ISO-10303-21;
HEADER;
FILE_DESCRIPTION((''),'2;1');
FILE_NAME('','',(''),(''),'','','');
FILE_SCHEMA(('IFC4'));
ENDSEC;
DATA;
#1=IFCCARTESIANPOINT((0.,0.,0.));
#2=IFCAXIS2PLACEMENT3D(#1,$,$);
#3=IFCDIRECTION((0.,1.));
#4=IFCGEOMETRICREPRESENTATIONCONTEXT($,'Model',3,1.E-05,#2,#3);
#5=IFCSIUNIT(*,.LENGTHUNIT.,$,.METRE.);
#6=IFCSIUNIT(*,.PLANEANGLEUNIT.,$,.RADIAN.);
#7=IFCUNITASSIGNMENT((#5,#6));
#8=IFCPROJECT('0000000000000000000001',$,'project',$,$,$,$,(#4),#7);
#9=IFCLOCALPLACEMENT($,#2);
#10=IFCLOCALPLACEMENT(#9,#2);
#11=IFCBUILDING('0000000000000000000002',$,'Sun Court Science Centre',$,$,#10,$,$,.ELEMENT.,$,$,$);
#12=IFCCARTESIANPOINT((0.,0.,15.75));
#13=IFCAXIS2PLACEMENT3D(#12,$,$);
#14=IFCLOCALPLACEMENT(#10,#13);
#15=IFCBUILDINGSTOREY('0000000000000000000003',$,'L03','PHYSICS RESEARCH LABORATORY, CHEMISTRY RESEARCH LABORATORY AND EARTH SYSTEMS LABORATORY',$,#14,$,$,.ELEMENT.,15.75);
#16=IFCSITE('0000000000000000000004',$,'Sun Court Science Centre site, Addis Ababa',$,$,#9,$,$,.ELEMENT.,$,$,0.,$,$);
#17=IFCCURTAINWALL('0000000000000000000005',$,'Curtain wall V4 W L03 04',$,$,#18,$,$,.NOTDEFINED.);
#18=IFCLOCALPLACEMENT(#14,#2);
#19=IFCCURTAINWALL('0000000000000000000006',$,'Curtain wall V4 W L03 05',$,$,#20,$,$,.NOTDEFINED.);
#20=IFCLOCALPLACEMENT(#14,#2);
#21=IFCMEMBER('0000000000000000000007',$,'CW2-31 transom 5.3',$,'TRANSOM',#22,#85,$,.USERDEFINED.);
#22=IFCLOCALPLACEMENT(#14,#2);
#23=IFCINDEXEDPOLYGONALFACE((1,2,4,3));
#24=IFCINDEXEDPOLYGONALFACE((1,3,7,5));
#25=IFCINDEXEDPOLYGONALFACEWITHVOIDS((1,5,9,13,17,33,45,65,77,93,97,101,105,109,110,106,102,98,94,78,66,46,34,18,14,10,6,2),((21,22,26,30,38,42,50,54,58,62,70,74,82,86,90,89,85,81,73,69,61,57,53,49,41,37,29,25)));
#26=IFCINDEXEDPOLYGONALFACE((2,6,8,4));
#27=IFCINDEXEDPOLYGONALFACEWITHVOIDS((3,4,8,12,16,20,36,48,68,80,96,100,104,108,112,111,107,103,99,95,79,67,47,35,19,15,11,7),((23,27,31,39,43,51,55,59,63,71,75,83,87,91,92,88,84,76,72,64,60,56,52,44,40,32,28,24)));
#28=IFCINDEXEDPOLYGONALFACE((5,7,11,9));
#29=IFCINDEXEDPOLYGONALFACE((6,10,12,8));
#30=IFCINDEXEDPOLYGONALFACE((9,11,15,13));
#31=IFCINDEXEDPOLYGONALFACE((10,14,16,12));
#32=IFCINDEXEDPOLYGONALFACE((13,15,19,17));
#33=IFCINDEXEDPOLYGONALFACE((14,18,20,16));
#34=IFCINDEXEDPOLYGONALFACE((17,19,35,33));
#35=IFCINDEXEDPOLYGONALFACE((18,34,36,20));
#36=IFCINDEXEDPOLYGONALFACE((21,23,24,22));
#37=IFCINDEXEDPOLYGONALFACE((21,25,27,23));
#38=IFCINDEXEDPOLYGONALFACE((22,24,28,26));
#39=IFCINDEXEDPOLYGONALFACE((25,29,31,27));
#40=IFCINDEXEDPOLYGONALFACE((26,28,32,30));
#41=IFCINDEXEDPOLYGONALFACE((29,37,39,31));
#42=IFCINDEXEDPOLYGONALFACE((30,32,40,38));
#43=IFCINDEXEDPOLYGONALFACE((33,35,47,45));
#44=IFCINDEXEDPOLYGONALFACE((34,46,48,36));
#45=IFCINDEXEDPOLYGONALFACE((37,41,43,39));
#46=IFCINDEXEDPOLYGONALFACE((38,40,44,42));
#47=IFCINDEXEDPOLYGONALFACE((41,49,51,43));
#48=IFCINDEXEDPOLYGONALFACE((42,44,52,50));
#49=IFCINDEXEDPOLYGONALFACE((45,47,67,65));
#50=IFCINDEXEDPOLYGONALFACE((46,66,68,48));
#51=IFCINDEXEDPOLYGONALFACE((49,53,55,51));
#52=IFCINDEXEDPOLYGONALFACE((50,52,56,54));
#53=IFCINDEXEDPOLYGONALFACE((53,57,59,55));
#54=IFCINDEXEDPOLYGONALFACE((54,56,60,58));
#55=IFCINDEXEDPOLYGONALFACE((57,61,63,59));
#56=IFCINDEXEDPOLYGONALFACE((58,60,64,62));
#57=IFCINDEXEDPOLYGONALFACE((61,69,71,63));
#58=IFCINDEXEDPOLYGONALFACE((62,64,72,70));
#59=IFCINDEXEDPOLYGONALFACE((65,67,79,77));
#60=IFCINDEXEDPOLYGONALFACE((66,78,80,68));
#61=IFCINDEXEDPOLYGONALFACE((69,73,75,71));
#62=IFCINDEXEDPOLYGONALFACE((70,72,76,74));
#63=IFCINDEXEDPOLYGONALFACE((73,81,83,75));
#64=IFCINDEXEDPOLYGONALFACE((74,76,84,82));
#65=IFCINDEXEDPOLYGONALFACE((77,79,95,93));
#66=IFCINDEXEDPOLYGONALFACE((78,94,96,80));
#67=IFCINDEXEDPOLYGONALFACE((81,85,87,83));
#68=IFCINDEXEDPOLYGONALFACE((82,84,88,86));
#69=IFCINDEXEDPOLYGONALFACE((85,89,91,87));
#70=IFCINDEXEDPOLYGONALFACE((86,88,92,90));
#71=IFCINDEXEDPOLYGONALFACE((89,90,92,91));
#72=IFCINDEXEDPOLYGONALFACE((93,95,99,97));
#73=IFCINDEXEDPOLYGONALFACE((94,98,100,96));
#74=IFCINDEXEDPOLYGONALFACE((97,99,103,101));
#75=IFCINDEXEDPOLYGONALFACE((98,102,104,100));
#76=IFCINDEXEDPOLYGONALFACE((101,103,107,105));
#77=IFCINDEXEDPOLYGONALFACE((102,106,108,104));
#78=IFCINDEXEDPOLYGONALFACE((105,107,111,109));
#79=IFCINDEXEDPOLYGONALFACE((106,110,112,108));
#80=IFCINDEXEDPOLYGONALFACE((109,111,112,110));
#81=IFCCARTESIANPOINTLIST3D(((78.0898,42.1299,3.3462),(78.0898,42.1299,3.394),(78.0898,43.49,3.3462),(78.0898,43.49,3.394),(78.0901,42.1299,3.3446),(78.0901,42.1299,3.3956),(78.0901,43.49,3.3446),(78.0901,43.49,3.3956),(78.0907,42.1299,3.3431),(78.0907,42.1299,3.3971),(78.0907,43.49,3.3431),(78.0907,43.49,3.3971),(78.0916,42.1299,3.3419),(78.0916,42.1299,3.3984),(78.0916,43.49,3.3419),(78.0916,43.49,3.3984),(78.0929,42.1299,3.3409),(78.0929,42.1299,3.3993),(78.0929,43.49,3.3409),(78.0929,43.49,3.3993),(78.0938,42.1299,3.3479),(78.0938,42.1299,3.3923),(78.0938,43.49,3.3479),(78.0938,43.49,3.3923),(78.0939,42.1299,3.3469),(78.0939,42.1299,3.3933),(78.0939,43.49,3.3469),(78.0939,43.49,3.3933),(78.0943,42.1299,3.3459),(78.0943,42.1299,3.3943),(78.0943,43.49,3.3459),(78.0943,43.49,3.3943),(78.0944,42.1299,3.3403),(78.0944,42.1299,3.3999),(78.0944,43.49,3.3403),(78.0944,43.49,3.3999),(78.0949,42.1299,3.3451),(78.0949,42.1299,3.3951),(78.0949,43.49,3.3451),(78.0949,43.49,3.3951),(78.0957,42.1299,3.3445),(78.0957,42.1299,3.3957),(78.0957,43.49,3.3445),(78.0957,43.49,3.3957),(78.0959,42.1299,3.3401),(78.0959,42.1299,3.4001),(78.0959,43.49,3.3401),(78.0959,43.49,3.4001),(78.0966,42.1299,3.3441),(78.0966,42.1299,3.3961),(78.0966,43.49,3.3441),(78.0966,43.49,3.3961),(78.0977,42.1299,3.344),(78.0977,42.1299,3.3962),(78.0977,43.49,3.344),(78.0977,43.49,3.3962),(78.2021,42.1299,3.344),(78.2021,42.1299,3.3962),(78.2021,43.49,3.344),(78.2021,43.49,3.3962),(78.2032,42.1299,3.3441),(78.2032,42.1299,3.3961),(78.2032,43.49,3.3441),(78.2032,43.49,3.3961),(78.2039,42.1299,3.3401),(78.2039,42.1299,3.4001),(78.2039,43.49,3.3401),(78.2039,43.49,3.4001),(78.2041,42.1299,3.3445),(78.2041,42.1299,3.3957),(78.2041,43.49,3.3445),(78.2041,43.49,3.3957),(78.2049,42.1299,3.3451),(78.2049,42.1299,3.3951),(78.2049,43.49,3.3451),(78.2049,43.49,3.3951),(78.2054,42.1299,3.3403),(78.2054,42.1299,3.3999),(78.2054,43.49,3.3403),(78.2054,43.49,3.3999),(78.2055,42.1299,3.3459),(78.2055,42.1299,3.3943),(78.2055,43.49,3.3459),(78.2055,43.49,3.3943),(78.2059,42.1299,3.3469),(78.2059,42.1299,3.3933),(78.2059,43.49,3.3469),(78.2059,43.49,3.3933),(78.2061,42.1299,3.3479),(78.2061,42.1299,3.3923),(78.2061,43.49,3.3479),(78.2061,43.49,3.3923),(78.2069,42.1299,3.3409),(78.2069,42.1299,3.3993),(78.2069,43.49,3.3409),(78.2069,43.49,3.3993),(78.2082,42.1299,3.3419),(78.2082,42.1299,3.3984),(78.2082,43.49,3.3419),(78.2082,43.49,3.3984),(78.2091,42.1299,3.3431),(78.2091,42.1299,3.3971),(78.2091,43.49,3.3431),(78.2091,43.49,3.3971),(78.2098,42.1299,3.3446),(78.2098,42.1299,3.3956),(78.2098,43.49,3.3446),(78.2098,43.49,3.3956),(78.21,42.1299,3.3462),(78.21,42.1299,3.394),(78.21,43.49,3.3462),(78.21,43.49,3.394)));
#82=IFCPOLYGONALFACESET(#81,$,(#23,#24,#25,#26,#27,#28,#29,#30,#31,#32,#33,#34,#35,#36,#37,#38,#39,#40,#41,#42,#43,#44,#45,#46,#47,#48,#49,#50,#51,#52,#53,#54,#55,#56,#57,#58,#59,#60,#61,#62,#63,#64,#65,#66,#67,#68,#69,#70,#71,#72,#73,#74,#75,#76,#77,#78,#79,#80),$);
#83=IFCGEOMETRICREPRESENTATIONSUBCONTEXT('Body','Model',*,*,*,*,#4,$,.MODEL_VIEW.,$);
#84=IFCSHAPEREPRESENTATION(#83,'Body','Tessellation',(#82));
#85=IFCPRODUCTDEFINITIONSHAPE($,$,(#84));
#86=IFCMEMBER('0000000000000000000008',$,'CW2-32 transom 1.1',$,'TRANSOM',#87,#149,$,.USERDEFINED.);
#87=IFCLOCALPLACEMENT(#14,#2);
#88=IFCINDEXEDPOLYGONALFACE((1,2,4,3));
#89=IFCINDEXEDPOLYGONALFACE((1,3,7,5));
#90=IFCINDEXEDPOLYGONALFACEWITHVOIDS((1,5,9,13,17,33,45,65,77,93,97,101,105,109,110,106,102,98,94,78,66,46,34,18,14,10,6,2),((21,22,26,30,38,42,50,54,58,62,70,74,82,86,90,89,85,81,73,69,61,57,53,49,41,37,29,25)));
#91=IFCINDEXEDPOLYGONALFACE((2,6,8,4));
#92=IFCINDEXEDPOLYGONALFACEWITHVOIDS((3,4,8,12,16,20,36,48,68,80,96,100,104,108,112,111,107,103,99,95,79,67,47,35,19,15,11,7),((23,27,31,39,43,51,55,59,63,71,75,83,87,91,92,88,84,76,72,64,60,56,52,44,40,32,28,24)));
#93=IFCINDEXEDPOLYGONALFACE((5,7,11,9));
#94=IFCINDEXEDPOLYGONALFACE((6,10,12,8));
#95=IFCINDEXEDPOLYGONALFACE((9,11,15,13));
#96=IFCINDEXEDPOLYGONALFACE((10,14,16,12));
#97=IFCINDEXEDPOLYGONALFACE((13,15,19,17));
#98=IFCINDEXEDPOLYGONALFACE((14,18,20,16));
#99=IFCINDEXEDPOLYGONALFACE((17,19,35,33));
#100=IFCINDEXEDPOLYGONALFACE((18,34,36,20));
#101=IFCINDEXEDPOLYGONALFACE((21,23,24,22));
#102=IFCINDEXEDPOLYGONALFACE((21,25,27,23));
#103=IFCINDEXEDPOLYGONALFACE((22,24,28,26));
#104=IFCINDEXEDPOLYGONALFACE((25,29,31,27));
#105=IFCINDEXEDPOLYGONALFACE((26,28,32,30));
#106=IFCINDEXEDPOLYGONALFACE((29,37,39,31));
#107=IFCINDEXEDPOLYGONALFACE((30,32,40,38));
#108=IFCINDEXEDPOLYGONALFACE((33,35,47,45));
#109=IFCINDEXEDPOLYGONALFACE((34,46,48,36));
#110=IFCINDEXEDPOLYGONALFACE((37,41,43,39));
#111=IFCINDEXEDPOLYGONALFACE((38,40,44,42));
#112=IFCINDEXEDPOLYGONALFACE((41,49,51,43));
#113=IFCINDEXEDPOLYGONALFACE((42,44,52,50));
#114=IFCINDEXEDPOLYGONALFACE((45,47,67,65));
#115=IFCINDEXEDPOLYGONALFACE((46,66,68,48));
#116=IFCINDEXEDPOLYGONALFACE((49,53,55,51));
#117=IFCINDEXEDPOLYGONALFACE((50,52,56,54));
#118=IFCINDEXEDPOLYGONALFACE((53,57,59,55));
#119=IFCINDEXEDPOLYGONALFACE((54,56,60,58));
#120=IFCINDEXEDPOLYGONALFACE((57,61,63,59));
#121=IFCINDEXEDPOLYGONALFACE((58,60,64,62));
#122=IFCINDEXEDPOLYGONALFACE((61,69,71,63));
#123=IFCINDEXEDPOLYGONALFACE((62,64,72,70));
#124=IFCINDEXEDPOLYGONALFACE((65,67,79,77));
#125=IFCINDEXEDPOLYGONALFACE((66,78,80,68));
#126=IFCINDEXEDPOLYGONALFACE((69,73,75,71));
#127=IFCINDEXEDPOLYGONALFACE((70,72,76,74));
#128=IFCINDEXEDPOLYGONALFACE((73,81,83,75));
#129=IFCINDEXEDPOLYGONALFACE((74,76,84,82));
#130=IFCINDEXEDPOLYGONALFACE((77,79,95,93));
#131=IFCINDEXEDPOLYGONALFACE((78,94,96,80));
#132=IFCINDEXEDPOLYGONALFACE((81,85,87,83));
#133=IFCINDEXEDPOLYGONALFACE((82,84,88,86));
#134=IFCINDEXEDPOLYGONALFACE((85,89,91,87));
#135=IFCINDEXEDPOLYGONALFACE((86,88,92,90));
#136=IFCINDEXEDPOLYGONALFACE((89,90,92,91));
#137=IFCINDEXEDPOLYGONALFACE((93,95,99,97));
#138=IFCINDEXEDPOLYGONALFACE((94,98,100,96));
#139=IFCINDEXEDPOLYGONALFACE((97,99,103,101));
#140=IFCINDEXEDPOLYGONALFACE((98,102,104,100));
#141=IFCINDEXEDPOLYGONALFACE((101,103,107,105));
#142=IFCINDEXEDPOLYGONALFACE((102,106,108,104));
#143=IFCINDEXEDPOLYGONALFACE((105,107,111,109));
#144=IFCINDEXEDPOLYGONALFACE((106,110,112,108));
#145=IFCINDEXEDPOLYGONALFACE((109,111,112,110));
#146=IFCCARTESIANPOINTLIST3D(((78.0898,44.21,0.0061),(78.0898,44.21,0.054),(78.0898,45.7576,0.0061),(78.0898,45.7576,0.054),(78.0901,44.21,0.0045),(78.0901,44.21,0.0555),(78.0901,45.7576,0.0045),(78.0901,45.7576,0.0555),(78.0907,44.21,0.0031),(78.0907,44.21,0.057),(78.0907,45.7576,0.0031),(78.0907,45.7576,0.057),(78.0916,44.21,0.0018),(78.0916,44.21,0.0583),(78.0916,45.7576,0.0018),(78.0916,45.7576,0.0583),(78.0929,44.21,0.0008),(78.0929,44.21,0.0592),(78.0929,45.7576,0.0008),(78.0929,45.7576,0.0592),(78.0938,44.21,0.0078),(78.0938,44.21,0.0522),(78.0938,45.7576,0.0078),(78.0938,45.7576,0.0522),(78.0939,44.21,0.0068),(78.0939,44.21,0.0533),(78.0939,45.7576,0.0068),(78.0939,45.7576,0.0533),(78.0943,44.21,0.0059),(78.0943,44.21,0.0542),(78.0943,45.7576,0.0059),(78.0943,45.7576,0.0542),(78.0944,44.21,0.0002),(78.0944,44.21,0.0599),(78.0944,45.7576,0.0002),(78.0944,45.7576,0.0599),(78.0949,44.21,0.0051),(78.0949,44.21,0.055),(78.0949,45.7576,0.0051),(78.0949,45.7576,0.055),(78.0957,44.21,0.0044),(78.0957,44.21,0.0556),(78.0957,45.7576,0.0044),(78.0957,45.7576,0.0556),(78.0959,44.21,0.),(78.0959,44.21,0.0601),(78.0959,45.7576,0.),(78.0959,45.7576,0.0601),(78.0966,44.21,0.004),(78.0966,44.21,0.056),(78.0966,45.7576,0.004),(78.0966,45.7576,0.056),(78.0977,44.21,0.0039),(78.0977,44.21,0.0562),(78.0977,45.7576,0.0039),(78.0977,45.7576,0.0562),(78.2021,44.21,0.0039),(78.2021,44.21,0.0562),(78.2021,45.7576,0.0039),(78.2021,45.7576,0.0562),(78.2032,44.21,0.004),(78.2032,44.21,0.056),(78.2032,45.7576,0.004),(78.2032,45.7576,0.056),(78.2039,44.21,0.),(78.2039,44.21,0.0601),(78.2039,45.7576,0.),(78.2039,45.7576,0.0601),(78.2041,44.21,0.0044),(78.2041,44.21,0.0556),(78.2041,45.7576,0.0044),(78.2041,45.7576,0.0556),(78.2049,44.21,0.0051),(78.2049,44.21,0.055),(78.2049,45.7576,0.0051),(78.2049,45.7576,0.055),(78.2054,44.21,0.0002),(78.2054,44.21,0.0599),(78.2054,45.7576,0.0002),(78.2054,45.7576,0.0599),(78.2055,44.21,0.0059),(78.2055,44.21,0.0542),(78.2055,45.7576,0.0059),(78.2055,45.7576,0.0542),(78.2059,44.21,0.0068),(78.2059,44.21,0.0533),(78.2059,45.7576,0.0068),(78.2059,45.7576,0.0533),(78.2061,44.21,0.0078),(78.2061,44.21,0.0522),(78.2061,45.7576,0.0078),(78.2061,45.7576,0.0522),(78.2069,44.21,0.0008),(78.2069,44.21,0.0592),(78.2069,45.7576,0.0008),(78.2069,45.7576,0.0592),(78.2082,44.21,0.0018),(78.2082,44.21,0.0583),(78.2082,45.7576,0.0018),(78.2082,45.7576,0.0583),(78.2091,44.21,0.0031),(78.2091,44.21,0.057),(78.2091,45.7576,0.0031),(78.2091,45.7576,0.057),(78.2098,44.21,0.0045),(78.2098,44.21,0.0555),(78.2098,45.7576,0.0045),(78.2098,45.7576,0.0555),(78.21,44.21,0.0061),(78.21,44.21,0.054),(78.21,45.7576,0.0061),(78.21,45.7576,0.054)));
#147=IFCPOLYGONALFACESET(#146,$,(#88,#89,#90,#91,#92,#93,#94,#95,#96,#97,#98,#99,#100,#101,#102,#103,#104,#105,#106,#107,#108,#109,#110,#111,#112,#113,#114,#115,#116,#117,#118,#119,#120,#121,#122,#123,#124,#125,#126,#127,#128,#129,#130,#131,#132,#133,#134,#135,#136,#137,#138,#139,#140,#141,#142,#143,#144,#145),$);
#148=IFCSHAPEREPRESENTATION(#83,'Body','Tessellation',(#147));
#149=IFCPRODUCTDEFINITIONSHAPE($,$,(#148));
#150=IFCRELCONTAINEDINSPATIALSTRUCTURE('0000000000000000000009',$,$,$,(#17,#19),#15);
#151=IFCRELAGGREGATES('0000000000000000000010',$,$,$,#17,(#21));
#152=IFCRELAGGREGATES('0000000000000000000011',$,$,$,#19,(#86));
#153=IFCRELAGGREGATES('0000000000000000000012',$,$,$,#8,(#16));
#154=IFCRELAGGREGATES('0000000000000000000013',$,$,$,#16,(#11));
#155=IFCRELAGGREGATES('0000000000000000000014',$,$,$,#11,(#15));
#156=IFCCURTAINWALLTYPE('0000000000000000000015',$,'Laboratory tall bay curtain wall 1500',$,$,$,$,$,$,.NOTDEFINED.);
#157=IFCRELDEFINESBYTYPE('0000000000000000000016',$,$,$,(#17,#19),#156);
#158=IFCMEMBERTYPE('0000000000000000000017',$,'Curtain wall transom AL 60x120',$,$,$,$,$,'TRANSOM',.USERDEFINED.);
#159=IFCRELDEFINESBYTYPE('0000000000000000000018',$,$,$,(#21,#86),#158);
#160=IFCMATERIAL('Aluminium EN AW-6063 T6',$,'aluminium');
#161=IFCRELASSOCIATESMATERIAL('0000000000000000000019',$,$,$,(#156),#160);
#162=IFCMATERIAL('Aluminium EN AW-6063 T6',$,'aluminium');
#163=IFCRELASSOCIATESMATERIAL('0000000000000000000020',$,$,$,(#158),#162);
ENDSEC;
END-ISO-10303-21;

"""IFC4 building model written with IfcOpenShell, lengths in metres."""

from ifc_helpers import new_model, si_unit, direction, frame, origin, origin_2d, place, context, subcontext, project, spatial, hollow_rectangle, extrude, material, material_profile, profile_set, type_object, element, aggregate, save


model = new_model("IFC4")

# Units and contexts
model_context = context("Model", 3, precision=1e-05, world=origin(), true_north=direction((0.0, 1.0)))
body_context = subcontext(model_context, "Body", "Model", "MODEL_VIEW")
ifc_project = project(units=[si_unit("LENGTHUNIT", "METRE"), si_unit("PLANEANGLEUNIT", "RADIAN")], contexts=[model_context])

# Site, building, storey
site_placement = place(None, origin())
site = spatial("IfcSite", under=ifc_project, at=site_placement, Name="Sun Court Science Centre site, Addis Ababa", CompositionType="ELEMENT", RefElevation=0.0)
building_placement = place(site_placement, origin())
building = spatial("IfcBuilding", under=site, at=building_placement, Name="Sun Court Science Centre", CompositionType="ELEMENT")
storey_placement = place(building_placement, frame((0.0, 0.0, 15.75)))
storey = spatial("IfcBuildingStorey", under=building, at=storey_placement, Name="L03", Description="PHYSICS RESEARCH LABORATORY, CHEMISTRY RESEARCH LABORATORY AND EARTH SYSTEMS LABORATORY", CompositionType="ELEMENT", Elevation=15.75)

# Curtain walls
ifc_material_1 = material(Name="Aluminium EN AW-6063 T6", Category="aluminium")
curtain_wall_type = type_object("IfcCurtainWallType", Name="Laboratory tall bay curtain wall 1500", PredefinedType="NOTDEFINED", material=ifc_material_1)
curtain_wall_1_placement = place(storey_placement, origin())
curtain_wall_1 = element("IfcCurtainWall", 1, at=curtain_wall_1_placement, inside=storey, type_object=curtain_wall_type, Name="Curtain wall V4 W L03 04", PredefinedType="NOTDEFINED")
curtain_wall_2_placement = place(storey_placement, origin())
curtain_wall_2 = element("IfcCurtainWall", 2, at=curtain_wall_2_placement, inside=storey, type_object=curtain_wall_type, Name="Curtain wall V4 W L03 05", PredefinedType="NOTDEFINED")

# Members
ifc_material_2 = material(Name="Aluminium EN AW-6063 T6", Category="aluminium")
ifc_material_profile_1 = material_profile(ifc_material_2, hollow_rectangle(XDim=0.0601, YDim=0.1201, WallThickness=0.0039, InnerFilletRadius=0.0039, OuterFilletRadius=0.0061, at=origin_2d()), Name="AL 60x120x4")
ifc_profile_set_1 = profile_set([ifc_material_profile_1], Name="Aluminium EN AW-6063 T6")
member_type_1 = type_object("IfcMemberType", Name="Curtain wall transom AL 60x120", ElementType="TRANSOM", PredefinedType="USERDEFINED", material=ifc_profile_set_1)
member_1_placement = place(storey_placement, frame((78.1499, 42.1299, 3.3701), z_axis=(0.0, 1.0, 0.0), x_axis=(0.0, 0.0, 1.0)))
member_1 = element("IfcMember", 3, at=member_1_placement, type_object=member_type_1, Name="CW2-31 transom 5.3", ObjectType="TRANSOM", PredefinedType="USERDEFINED", context=body_context, shape_type="SweptSolid", body=[
    extrude(hollow_rectangle(XDim=0.0601, YDim=0.1201, WallThickness=0.0039, InnerFilletRadius=0.0039, OuterFilletRadius=0.0061, at=origin_2d()), origin(), (0.0, 0.0, 1.0), 1.3601),
])
member_2_placement = place(storey_placement, frame((78.1499, 44.21, 0.03), z_axis=(0.0, 1.0, 0.0), x_axis=(0.0, 0.0, 1.0)))
member_2 = element("IfcMember", 4, at=member_2_placement, type_object=member_type_1, Name="CW2-32 transom 1.1", ObjectType="TRANSOM", PredefinedType="USERDEFINED", context=body_context, shape_type="SweptSolid", body=[
    extrude(hollow_rectangle(XDim=0.0601, YDim=0.1201, WallThickness=0.0039, InnerFilletRadius=0.0039, OuterFilletRadius=0.0061, at=origin_2d()), origin(), (0.0, 0.0, 1.0), 1.5476),
])

aggregate(curtain_wall_1, [member_1])
aggregate(curtain_wall_2, [member_2])

save(model, "model.ifc")
